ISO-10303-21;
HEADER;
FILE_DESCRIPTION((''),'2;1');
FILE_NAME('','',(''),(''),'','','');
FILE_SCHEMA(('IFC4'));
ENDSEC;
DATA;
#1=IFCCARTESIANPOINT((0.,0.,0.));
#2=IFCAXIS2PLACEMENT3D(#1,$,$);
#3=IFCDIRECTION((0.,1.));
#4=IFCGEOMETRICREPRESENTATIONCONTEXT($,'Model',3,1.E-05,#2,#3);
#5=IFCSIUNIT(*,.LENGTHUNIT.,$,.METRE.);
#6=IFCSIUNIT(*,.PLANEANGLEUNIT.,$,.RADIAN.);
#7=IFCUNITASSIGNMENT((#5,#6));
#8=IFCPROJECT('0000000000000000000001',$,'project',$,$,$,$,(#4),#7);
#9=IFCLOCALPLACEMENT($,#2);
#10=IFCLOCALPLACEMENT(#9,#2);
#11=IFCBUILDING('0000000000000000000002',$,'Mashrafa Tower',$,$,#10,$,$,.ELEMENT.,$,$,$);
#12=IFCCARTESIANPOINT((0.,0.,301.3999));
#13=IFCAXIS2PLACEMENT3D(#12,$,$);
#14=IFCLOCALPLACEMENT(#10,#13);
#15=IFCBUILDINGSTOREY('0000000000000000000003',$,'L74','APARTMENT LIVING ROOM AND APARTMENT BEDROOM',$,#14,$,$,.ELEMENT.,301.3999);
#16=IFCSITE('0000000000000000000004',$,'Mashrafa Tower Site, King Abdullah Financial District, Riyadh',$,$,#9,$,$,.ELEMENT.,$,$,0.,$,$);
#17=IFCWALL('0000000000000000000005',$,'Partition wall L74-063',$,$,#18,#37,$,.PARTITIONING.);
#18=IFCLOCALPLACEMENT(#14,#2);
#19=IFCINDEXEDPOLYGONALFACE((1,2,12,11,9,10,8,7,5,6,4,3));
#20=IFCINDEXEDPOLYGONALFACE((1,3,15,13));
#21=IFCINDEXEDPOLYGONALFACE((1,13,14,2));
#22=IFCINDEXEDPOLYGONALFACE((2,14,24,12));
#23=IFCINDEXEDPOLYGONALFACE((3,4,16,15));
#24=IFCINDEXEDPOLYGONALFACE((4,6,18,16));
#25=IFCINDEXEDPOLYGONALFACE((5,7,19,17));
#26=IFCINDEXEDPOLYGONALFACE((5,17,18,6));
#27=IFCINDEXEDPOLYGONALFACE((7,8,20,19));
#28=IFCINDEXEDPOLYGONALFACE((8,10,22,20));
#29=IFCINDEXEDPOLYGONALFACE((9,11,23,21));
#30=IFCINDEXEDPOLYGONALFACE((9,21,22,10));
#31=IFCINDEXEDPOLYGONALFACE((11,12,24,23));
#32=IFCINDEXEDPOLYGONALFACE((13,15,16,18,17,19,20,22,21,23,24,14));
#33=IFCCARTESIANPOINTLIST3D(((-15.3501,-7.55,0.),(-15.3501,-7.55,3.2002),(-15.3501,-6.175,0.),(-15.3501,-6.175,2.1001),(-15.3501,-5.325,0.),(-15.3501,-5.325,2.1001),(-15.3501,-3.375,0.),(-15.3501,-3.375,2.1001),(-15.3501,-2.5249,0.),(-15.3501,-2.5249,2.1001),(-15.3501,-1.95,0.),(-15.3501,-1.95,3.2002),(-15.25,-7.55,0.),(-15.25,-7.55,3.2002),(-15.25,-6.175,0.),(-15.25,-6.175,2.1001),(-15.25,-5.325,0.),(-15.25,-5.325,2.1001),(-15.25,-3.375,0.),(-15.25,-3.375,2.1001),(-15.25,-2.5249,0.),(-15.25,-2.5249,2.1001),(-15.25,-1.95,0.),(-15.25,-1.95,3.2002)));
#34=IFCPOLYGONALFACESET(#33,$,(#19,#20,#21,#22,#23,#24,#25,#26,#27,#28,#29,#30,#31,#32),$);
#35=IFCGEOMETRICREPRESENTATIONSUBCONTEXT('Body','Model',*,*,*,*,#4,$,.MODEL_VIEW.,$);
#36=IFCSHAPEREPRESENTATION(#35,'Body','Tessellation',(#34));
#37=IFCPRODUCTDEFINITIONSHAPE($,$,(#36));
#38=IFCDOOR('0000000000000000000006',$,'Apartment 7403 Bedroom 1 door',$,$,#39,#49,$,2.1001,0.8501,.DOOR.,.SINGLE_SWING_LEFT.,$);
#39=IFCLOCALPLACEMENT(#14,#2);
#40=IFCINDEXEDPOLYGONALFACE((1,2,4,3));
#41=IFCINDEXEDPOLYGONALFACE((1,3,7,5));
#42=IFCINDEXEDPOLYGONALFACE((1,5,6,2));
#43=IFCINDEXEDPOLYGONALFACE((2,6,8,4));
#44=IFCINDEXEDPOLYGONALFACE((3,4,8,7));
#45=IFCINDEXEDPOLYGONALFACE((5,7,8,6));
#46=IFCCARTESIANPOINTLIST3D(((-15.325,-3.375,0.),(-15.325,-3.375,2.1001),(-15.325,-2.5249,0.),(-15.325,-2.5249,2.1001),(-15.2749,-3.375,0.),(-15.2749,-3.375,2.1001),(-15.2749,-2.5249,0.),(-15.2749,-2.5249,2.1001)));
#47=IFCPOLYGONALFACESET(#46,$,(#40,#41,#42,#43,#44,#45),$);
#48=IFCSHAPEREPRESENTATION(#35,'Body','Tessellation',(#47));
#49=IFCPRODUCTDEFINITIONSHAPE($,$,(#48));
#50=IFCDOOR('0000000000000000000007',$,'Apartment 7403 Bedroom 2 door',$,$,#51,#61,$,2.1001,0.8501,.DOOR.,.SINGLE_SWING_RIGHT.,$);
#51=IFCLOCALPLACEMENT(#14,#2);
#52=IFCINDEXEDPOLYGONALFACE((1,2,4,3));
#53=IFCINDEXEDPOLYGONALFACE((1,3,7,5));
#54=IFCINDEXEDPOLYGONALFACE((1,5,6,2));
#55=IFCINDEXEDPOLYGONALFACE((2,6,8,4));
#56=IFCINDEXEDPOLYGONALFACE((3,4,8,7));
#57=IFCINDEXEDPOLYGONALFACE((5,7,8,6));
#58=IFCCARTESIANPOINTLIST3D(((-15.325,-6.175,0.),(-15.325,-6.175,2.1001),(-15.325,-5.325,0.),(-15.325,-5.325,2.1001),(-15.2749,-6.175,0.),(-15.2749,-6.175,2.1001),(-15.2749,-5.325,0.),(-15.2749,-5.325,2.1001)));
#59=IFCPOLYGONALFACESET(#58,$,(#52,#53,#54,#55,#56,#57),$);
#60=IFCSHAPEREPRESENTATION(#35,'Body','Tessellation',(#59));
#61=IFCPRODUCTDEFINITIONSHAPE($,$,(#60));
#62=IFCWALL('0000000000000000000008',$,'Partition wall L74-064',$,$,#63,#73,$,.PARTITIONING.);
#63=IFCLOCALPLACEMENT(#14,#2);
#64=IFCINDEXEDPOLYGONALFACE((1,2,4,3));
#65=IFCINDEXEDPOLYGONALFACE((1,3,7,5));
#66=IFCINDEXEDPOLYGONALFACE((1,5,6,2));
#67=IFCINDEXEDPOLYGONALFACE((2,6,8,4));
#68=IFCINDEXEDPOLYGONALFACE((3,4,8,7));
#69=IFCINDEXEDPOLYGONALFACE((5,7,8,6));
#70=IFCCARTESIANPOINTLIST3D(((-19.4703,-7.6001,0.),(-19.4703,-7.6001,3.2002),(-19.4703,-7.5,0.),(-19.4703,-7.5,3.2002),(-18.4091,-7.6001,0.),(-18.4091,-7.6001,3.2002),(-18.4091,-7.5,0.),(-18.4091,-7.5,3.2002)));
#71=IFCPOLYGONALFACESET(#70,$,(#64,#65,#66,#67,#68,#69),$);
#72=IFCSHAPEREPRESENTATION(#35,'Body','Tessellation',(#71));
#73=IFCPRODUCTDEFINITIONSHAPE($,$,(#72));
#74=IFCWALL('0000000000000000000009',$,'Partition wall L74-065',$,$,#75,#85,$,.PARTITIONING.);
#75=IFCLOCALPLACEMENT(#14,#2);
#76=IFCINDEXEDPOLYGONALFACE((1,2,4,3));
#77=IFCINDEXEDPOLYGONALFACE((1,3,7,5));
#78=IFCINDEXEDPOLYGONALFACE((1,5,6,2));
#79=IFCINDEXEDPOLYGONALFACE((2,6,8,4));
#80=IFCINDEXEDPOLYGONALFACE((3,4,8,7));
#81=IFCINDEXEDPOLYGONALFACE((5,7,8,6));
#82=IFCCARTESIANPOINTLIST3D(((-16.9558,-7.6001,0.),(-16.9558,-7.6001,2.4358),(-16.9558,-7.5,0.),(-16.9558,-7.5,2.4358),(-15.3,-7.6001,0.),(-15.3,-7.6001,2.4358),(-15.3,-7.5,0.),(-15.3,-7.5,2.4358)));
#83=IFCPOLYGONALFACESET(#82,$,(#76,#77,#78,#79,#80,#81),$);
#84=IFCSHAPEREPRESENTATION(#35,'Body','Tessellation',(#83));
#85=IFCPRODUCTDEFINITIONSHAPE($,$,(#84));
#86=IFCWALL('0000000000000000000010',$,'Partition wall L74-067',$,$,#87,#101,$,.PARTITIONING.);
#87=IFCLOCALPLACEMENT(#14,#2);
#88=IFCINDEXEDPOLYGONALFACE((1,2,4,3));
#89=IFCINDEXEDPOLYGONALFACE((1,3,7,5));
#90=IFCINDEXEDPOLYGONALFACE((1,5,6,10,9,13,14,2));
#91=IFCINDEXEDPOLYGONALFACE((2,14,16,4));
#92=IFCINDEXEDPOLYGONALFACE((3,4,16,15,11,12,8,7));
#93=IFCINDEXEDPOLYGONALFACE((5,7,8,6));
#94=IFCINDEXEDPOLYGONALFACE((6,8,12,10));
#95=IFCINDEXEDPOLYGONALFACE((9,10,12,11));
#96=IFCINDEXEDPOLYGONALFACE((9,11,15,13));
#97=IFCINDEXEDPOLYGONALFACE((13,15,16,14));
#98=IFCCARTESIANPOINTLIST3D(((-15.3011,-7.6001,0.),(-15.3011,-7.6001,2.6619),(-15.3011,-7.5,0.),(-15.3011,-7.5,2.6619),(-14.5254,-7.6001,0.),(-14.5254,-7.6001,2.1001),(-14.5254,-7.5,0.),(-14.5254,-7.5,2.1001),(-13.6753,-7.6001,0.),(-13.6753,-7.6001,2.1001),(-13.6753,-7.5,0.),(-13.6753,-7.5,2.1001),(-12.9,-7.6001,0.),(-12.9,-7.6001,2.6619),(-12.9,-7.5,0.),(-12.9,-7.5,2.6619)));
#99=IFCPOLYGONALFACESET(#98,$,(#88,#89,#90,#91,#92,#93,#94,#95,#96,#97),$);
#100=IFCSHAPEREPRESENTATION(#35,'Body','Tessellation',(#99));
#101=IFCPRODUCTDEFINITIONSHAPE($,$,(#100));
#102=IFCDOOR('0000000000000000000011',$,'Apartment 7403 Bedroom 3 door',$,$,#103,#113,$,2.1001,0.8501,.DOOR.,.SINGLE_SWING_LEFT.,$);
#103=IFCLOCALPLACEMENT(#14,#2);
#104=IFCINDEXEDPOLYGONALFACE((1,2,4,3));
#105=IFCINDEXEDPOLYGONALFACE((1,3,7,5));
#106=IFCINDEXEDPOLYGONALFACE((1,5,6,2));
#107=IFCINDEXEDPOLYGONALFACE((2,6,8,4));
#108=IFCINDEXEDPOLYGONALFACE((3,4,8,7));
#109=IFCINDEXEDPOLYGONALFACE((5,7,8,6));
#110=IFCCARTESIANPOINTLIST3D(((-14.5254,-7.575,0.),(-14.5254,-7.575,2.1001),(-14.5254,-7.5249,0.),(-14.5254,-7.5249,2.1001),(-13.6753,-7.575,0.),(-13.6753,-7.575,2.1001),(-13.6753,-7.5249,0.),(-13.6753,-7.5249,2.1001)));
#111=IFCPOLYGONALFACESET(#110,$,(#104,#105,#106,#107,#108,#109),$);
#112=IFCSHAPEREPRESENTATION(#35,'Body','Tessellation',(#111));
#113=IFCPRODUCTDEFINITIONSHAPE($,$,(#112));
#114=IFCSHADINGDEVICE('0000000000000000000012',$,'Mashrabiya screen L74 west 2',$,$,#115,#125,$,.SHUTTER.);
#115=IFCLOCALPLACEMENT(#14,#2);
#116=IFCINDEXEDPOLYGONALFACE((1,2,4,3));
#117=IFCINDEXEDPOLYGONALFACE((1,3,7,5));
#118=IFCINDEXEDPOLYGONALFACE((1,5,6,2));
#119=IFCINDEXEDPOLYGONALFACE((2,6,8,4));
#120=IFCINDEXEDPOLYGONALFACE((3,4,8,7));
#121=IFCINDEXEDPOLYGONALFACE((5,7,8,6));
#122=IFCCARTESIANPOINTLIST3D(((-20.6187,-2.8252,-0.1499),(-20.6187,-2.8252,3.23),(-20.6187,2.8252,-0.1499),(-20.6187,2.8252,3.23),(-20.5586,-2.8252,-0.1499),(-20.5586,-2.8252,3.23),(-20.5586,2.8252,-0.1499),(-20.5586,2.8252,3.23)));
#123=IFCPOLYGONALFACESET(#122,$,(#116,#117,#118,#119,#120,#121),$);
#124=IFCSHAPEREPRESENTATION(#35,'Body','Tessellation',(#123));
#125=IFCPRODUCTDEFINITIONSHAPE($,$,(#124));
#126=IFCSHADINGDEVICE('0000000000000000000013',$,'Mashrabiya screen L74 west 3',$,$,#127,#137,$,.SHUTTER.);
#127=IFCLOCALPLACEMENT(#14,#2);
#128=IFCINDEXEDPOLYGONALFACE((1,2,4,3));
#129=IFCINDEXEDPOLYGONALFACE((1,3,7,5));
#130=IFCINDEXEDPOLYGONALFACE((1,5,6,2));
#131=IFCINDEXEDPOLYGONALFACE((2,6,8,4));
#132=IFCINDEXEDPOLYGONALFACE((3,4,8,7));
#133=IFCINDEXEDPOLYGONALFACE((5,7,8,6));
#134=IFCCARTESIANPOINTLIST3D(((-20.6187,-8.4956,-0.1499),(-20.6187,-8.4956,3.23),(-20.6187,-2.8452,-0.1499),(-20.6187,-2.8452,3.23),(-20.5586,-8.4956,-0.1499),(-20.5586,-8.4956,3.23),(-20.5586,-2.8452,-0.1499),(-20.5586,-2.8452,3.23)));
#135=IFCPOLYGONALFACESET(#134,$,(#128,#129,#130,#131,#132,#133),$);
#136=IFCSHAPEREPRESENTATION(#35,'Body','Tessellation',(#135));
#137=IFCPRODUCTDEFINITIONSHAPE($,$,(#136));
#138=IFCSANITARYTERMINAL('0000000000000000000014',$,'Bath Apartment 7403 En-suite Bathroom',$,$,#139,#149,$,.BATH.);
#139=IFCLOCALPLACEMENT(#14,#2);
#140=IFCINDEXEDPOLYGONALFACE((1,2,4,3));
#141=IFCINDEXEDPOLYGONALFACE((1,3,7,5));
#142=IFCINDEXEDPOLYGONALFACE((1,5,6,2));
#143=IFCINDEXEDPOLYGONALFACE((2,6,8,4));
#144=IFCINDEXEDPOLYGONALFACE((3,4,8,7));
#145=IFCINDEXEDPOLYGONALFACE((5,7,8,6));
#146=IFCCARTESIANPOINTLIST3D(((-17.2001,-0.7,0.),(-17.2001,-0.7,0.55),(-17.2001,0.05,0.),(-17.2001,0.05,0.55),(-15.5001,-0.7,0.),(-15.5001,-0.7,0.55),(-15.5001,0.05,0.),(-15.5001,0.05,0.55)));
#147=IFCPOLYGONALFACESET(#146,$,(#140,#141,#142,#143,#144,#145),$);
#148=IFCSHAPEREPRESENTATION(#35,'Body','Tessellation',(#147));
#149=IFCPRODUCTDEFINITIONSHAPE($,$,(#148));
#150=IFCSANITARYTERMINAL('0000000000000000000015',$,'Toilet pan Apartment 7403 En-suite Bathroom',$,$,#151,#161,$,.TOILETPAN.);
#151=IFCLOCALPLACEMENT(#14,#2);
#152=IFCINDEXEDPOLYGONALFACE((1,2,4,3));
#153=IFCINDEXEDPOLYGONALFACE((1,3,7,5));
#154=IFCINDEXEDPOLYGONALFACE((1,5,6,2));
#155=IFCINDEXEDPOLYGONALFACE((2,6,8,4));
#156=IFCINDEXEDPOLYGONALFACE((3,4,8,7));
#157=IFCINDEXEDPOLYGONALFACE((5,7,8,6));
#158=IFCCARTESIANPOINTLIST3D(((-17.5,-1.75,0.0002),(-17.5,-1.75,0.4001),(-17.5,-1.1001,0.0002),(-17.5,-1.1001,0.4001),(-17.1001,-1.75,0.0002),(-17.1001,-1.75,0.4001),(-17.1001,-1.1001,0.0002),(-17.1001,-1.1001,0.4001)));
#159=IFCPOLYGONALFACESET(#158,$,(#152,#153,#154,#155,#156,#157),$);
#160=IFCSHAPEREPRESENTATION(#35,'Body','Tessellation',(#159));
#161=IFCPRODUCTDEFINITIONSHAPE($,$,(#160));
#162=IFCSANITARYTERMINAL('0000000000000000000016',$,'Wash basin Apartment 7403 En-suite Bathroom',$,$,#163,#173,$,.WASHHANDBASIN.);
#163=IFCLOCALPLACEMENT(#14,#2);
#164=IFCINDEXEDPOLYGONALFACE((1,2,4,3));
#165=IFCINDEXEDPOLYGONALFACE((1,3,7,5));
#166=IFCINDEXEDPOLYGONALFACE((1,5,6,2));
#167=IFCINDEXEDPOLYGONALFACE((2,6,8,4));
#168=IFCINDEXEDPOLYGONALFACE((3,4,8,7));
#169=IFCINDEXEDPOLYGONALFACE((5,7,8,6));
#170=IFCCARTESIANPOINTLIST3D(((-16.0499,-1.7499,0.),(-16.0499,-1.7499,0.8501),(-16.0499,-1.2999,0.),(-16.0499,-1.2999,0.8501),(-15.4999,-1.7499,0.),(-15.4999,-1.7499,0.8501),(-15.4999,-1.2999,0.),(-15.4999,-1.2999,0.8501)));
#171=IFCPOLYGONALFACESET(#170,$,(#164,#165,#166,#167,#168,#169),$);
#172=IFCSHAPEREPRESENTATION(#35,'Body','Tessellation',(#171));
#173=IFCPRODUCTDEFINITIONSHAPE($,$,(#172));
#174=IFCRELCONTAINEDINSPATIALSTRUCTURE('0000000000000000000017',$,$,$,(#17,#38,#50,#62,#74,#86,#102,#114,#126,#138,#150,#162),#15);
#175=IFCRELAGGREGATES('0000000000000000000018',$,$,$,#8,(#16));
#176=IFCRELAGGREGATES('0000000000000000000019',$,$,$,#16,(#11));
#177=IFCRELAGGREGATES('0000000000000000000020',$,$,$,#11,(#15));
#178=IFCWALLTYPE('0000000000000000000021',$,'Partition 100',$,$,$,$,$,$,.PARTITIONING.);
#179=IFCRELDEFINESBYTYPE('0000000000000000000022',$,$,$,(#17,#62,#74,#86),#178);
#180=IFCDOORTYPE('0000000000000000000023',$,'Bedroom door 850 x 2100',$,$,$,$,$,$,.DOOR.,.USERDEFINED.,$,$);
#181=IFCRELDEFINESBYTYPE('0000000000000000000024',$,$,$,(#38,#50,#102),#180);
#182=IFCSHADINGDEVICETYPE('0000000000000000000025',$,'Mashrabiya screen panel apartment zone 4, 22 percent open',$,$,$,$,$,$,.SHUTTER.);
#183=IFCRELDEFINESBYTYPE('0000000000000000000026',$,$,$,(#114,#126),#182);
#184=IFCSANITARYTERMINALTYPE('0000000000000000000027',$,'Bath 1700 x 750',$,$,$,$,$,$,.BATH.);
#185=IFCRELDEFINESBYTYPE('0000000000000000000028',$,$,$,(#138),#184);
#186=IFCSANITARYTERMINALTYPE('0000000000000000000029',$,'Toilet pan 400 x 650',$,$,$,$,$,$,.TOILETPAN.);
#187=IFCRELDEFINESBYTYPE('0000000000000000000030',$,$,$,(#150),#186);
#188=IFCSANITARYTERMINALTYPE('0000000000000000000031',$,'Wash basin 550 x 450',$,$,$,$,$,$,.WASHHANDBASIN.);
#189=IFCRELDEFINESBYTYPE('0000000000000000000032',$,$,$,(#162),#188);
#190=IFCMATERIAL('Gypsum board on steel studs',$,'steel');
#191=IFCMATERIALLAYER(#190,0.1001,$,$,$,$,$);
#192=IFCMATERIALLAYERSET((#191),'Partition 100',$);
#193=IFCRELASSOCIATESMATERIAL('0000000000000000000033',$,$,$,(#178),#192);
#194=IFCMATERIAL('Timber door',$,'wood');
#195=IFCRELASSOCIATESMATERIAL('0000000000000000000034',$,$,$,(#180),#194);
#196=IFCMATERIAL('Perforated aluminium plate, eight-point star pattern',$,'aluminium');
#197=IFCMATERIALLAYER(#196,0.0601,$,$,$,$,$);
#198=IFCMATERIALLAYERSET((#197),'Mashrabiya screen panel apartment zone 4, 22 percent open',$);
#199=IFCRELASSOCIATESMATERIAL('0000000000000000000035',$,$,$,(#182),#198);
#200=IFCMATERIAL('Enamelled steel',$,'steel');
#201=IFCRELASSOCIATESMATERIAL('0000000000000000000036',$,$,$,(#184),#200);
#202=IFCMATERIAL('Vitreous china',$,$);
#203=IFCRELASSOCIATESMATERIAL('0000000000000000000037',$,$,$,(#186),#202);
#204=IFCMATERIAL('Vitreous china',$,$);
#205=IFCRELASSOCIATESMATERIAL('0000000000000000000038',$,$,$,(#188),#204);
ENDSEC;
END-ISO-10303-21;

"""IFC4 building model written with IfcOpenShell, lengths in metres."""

from ifc_helpers import new_model, si_unit, direction, frame, frame_2d, origin, origin_2d, place, context, subcontext, project, spatial, rectangle, extrude, source, transform, mapped, material, layer, layer_set, type_object, type_shapes, element, fill, save


model = new_model("IFC4")

# Units and contexts
model_context = context("Model", 3, precision=1e-05, world=origin(), true_north=direction((0.0, 1.0)))
body_context = subcontext(model_context, "Body", "Model", "MODEL_VIEW")
ifc_project = project(units=[si_unit("LENGTHUNIT", "METRE"), si_unit("PLANEANGLEUNIT", "RADIAN")], contexts=[model_context])

# Site, building, storey
site_placement = place(None, origin())
site = spatial("IfcSite", under=ifc_project, at=site_placement, Name="Mashrafa Tower Site, King Abdullah Financial District, Riyadh", CompositionType="ELEMENT", RefElevation=0.0)
building_placement = place(site_placement, origin())
building = spatial("IfcBuilding", under=site, at=building_placement, Name="Mashrafa Tower", CompositionType="ELEMENT")
storey_placement = place(building_placement, frame((0.0, 0.0, 301.3999)))
storey = spatial("IfcBuildingStorey", under=building, at=storey_placement, Name="L74", Description="APARTMENT LIVING ROOM AND APARTMENT BEDROOM", CompositionType="ELEMENT", Elevation=301.3999)

# Shared definitions
ifc_material_1 = material(Name="Gypsum board on steel studs", Category="steel")
ifc_layer_1 = layer(ifc_material_1, 0.1001)
ifc_layer_set_1 = layer_set([ifc_layer_1], Name="Partition 100")
wall_type_1 = type_object("IfcWallType", Name="Partition 100", PredefinedType="PARTITIONING", material=ifc_layer_set_1)

# Wall, openings, doors
wall_1_placement = place(storey_placement, frame((-15.3, -1.95, 0.0), z_axis=(0.0, 0.0, 1.0), x_axis=(0.0, -1.0, 0.0)))
wall_1 = element("IfcWall", 1, at=wall_1_placement, inside=storey, type_object=wall_type_1, Name="Partition wall L74-063", PredefinedType="PARTITIONING", context=body_context, shape_type="SweptSolid", body=[
    extrude(rectangle(XDim=5.6001, YDim=0.1001, at=frame_2d((2.8, 0.0))), origin(), (0.0, 0.0, 1.0), 3.2002),
])
opening_1_placement = place(wall_1_placement, frame((0.575, 0.0, 0.0)))
opening_1 = element("IfcOpeningElement", 2, at=opening_1_placement, cuts=wall_1, PredefinedType="OPENING", context=body_context, shape_type="SweptSolid", body=[
    extrude(rectangle(XDim=0.8501, YDim=2.1001, at=frame_2d((0.425, 1.05))), frame((0.0, 0.0601, 0.0), z_axis=(0.0, -1.0, 0.0), x_axis=(1.0, 0.0, 0.0)), (0.0, 0.0, 1.0), 0.1201),
])
opening_2_placement = place(wall_1_placement, frame((3.375, 0.0, 0.0)))
opening_2 = element("IfcOpeningElement", 3, at=opening_2_placement, cuts=wall_1, PredefinedType="OPENING", context=body_context, shape_type="SweptSolid", body=[
    extrude(rectangle(XDim=0.8501, YDim=2.1001, at=frame_2d((0.425, 1.05))), frame((0.0, 0.0601, 0.0), z_axis=(0.0, -1.0, 0.0), x_axis=(1.0, 0.0, 0.0)), (0.0, 0.0, 1.0), 0.1201),
])
ifc_material_2 = material(Name="Timber door", Category="wood")
door_type_1 = type_object("IfcDoorType", Name="Bedroom door 850 x 2100", OperationType="USERDEFINED", PredefinedType="DOOR", material=ifc_material_2)
door_1_placement = place(opening_1_placement, frame((0.8501, 0.0, 0.0), z_axis=(0.0, 0.0, 1.0), x_axis=(-1.0, 0.0, 0.0)))
door_1 = element("IfcDoor", 4, at=door_1_placement, inside=storey, type_object=door_type_1, Name="Apartment 7403 Bedroom 1 door", OperationType="SINGLE_SWING_LEFT", OverallHeight=2.1001, OverallWidth=0.8501, PredefinedType="DOOR", context=body_context, shape_type="SweptSolid", body=[
    extrude(rectangle(XDim=0.8501, YDim=2.1001, at=frame_2d((0.425, 1.05))), frame((0.0, 0.0249, 0.0), z_axis=(0.0, -1.0, 0.0), x_axis=(1.0, 0.0, 0.0)), (0.0, 0.0, 1.0), 0.05),
])
fill(opening_1, door_1)
door_2_placement = place(opening_2_placement, frame((0.8501, 0.0, 0.0), z_axis=(0.0, 0.0, 1.0), x_axis=(-1.0, 0.0, 0.0)))
door_2 = element("IfcDoor", 5, at=door_2_placement, inside=storey, type_object=door_type_1, Name="Apartment 7403 Bedroom 2 door", OperationType="SINGLE_SWING_RIGHT", OverallHeight=2.1001, OverallWidth=0.8501, PredefinedType="DOOR", context=body_context, shape_type="SweptSolid", body=[
    extrude(rectangle(XDim=0.8501, YDim=2.1001, at=frame_2d((0.425, 1.05))), frame((0.0, 0.0249, 0.0), z_axis=(0.0, -1.0, 0.0), x_axis=(1.0, 0.0, 0.0)), (0.0, 0.0, 1.0), 0.05),
])
fill(opening_2, door_2)

# Walls
wall_2_placement = place(storey_placement, frame((-19.4705, -7.55, 0.0), z_axis=(0.0, 0.0, 1.0), x_axis=(1.0, 0.0, 0.0)))
element("IfcWall", 6, at=wall_2_placement, inside=storey, type_object=wall_type_1, Name="Partition wall L74-064", PredefinedType="PARTITIONING", context=body_context, shape_type="SweptSolid", body=[
    extrude(rectangle(XDim=1.0613, YDim=0.1001, at=frame_2d((0.5308, 0.0))), origin(), (0.0, 0.0, 1.0), 3.2002),
])
wall_3_placement = place(storey_placement, frame((-16.9558, -7.55, 0.0), z_axis=(0.0, 0.0, 1.0), x_axis=(1.0, 0.0, 0.0)))
element("IfcWall", 7, at=wall_3_placement, inside=storey, type_object=wall_type_1, Name="Partition wall L74-065", PredefinedType="PARTITIONING", context=body_context, shape_type="SweptSolid", body=[
    extrude(rectangle(XDim=1.6558, YDim=0.1001, at=frame_2d((0.8279, 0.0))), origin(), (0.0, 0.0, 1.0), 2.4358),
])

# Wall, opening, door
wall_4_placement = place(storey_placement, frame((-12.8999, -7.55, 0.0), z_axis=(0.0, 0.0, 1.0), x_axis=(-1.0, 0.0, 0.0)))
wall_4 = element("IfcWall", 8, at=wall_4_placement, inside=storey, type_object=wall_type_1, Name="Partition wall L74-067", PredefinedType="PARTITIONING", context=body_context, shape_type="SweptSolid", body=[
    extrude(rectangle(XDim=2.4011, YDim=0.1001, at=frame_2d((1.2007, 0.0))), origin(), (0.0, 0.0, 1.0), 2.6619),
])
opening_3_placement = place(wall_4_placement, frame((0.7754, 0.0, 0.0)))
opening_3 = element("IfcOpeningElement", 9, at=opening_3_placement, cuts=wall_4, PredefinedType="OPENING", context=body_context, shape_type="SweptSolid", body=[
    extrude(rectangle(XDim=0.8501, YDim=2.1001, at=frame_2d((0.425, 1.05))), frame((0.0, 0.0601, 0.0), z_axis=(0.0, -1.0, 0.0), x_axis=(1.0, 0.0, 0.0)), (0.0, 0.0, 1.0), 0.1201),
])
door_3_placement = place(opening_3_placement, origin())
door_3 = element("IfcDoor", 10, at=door_3_placement, inside=storey, type_object=door_type_1, Name="Apartment 7403 Bedroom 3 door", OperationType="SINGLE_SWING_LEFT", OverallHeight=2.1001, OverallWidth=0.8501, PredefinedType="DOOR", context=body_context, shape_type="SweptSolid", body=[
    extrude(rectangle(XDim=0.8501, YDim=2.1001, at=frame_2d((0.425, 1.05))), frame((0.0, 0.0249, 0.0), z_axis=(0.0, -1.0, 0.0), x_axis=(1.0, 0.0, 0.0)), (0.0, 0.0, 1.0), 0.05),
])
fill(opening_3, door_3)

# Shading devices
ifc_material_3 = material(Name="Perforated aluminium plate, eight-point star pattern", Category="aluminium")
ifc_layer_2 = layer(ifc_material_3, 0.0601)
ifc_layer_set_2 = layer_set([ifc_layer_2], Name="Mashrabiya screen panel apartment zone 4, 22 percent open")
shading_device_type = type_object("IfcShadingDeviceType", Name="Mashrabiya screen panel apartment zone 4, 22 percent open", PredefinedType="SHUTTER", material=ifc_layer_set_2)
shared_shape_1 = source(origin(), body_context, "Body", "SweptSolid", [
    extrude(rectangle(XDim=5.6504, YDim=0.0601, at=origin_2d()), origin(), (0.0, 0.0, 1.0), 3.3799),
])
type_shapes(shading_device_type, [shared_shape_1])
for number, where, z_axis, x_axis, name in (
    (11, (-20.5886, 0.0, -0.1499), (0.0, 0.0, 1.0), (0.0, -1.0, 0.0), "Mashrabiya screen L74 west 2"),
    (12, (-20.5886, -5.6704, -0.1499), (0.0, 0.0, 1.0), (0.0, -1.0, 0.0), "Mashrabiya screen L74 west 3"),
):
    element("IfcShadingDevice", number, at=place(storey_placement, frame(where, z_axis=z_axis, x_axis=x_axis)), inside=storey, type_object=shading_device_type, Name=name, PredefinedType="SHUTTER", context=body_context, shape_type="MappedRepresentation", body=[
        mapped(shared_shape_1, transform((0.0, 0.0, 0.0))),
    ])

# Sanitary terminals
ifc_material_4 = material(Name="Enamelled steel", Category="steel")
sanitary_terminal_type_1 = type_object("IfcSanitaryTerminalType", Name="Bath 1700 x 750", PredefinedType="BATH", material=ifc_material_4)
sanitary_terminal_1_placement = place(storey_placement, frame((-16.3501, -0.325, 0.0), z_axis=(0.0, 0.0, 1.0), x_axis=(-1.0, 0.0, 0.0)))
element("IfcSanitaryTerminal", 13, at=sanitary_terminal_1_placement, inside=storey, type_object=sanitary_terminal_type_1, Name="Bath Apartment 7403 En-suite Bathroom", PredefinedType="BATH", context=body_context, shape_type="SweptSolid", body=[
    extrude(rectangle(XDim=1.7, YDim=0.75, at=origin_2d()), origin(), (0.0, 0.0, 1.0), 0.55),
])
ifc_material_5 = material(Name="Vitreous china")
sanitary_terminal_type_2 = type_object("IfcSanitaryTerminalType", Name="Toilet pan 400 x 650", PredefinedType="TOILETPAN", material=ifc_material_5)
sanitary_terminal_2_placement = place(storey_placement, frame((-17.3, -1.425, 0.0002), z_axis=(0.0, 0.0, 1.0), x_axis=(1.0, 0.0, 0.0)))
element("IfcSanitaryTerminal", 14, at=sanitary_terminal_2_placement, inside=storey, type_object=sanitary_terminal_type_2, Name="Toilet pan Apartment 7403 En-suite Bathroom", PredefinedType="TOILETPAN", context=body_context, shape_type="SweptSolid", body=[
    extrude(rectangle(XDim=0.3999, YDim=0.6499, at=origin_2d()), origin(), (0.0, 0.0, 1.0), 0.3999),
])
ifc_material_6 = material(Name="Vitreous china")
sanitary_terminal_type_3 = type_object("IfcSanitaryTerminalType", Name="Wash basin 550 x 450", PredefinedType="WASHHANDBASIN", material=ifc_material_6)
sanitary_terminal_3_placement = place(storey_placement, frame((-15.7749, -1.5249, 0.0), z_axis=(0.0, 0.0, 1.0), x_axis=(1.0, 0.0, 0.0)))
element("IfcSanitaryTerminal", 15, at=sanitary_terminal_3_placement, inside=storey, type_object=sanitary_terminal_type_3, Name="Wash basin Apartment 7403 En-suite Bathroom", PredefinedType="WASHHANDBASIN", context=body_context, shape_type="SweptSolid", body=[
    extrude(rectangle(XDim=0.55, YDim=0.45, at=origin_2d()), origin(), (0.0, 0.0, 1.0), 0.8501),
])

save(model, "model.ifc")
